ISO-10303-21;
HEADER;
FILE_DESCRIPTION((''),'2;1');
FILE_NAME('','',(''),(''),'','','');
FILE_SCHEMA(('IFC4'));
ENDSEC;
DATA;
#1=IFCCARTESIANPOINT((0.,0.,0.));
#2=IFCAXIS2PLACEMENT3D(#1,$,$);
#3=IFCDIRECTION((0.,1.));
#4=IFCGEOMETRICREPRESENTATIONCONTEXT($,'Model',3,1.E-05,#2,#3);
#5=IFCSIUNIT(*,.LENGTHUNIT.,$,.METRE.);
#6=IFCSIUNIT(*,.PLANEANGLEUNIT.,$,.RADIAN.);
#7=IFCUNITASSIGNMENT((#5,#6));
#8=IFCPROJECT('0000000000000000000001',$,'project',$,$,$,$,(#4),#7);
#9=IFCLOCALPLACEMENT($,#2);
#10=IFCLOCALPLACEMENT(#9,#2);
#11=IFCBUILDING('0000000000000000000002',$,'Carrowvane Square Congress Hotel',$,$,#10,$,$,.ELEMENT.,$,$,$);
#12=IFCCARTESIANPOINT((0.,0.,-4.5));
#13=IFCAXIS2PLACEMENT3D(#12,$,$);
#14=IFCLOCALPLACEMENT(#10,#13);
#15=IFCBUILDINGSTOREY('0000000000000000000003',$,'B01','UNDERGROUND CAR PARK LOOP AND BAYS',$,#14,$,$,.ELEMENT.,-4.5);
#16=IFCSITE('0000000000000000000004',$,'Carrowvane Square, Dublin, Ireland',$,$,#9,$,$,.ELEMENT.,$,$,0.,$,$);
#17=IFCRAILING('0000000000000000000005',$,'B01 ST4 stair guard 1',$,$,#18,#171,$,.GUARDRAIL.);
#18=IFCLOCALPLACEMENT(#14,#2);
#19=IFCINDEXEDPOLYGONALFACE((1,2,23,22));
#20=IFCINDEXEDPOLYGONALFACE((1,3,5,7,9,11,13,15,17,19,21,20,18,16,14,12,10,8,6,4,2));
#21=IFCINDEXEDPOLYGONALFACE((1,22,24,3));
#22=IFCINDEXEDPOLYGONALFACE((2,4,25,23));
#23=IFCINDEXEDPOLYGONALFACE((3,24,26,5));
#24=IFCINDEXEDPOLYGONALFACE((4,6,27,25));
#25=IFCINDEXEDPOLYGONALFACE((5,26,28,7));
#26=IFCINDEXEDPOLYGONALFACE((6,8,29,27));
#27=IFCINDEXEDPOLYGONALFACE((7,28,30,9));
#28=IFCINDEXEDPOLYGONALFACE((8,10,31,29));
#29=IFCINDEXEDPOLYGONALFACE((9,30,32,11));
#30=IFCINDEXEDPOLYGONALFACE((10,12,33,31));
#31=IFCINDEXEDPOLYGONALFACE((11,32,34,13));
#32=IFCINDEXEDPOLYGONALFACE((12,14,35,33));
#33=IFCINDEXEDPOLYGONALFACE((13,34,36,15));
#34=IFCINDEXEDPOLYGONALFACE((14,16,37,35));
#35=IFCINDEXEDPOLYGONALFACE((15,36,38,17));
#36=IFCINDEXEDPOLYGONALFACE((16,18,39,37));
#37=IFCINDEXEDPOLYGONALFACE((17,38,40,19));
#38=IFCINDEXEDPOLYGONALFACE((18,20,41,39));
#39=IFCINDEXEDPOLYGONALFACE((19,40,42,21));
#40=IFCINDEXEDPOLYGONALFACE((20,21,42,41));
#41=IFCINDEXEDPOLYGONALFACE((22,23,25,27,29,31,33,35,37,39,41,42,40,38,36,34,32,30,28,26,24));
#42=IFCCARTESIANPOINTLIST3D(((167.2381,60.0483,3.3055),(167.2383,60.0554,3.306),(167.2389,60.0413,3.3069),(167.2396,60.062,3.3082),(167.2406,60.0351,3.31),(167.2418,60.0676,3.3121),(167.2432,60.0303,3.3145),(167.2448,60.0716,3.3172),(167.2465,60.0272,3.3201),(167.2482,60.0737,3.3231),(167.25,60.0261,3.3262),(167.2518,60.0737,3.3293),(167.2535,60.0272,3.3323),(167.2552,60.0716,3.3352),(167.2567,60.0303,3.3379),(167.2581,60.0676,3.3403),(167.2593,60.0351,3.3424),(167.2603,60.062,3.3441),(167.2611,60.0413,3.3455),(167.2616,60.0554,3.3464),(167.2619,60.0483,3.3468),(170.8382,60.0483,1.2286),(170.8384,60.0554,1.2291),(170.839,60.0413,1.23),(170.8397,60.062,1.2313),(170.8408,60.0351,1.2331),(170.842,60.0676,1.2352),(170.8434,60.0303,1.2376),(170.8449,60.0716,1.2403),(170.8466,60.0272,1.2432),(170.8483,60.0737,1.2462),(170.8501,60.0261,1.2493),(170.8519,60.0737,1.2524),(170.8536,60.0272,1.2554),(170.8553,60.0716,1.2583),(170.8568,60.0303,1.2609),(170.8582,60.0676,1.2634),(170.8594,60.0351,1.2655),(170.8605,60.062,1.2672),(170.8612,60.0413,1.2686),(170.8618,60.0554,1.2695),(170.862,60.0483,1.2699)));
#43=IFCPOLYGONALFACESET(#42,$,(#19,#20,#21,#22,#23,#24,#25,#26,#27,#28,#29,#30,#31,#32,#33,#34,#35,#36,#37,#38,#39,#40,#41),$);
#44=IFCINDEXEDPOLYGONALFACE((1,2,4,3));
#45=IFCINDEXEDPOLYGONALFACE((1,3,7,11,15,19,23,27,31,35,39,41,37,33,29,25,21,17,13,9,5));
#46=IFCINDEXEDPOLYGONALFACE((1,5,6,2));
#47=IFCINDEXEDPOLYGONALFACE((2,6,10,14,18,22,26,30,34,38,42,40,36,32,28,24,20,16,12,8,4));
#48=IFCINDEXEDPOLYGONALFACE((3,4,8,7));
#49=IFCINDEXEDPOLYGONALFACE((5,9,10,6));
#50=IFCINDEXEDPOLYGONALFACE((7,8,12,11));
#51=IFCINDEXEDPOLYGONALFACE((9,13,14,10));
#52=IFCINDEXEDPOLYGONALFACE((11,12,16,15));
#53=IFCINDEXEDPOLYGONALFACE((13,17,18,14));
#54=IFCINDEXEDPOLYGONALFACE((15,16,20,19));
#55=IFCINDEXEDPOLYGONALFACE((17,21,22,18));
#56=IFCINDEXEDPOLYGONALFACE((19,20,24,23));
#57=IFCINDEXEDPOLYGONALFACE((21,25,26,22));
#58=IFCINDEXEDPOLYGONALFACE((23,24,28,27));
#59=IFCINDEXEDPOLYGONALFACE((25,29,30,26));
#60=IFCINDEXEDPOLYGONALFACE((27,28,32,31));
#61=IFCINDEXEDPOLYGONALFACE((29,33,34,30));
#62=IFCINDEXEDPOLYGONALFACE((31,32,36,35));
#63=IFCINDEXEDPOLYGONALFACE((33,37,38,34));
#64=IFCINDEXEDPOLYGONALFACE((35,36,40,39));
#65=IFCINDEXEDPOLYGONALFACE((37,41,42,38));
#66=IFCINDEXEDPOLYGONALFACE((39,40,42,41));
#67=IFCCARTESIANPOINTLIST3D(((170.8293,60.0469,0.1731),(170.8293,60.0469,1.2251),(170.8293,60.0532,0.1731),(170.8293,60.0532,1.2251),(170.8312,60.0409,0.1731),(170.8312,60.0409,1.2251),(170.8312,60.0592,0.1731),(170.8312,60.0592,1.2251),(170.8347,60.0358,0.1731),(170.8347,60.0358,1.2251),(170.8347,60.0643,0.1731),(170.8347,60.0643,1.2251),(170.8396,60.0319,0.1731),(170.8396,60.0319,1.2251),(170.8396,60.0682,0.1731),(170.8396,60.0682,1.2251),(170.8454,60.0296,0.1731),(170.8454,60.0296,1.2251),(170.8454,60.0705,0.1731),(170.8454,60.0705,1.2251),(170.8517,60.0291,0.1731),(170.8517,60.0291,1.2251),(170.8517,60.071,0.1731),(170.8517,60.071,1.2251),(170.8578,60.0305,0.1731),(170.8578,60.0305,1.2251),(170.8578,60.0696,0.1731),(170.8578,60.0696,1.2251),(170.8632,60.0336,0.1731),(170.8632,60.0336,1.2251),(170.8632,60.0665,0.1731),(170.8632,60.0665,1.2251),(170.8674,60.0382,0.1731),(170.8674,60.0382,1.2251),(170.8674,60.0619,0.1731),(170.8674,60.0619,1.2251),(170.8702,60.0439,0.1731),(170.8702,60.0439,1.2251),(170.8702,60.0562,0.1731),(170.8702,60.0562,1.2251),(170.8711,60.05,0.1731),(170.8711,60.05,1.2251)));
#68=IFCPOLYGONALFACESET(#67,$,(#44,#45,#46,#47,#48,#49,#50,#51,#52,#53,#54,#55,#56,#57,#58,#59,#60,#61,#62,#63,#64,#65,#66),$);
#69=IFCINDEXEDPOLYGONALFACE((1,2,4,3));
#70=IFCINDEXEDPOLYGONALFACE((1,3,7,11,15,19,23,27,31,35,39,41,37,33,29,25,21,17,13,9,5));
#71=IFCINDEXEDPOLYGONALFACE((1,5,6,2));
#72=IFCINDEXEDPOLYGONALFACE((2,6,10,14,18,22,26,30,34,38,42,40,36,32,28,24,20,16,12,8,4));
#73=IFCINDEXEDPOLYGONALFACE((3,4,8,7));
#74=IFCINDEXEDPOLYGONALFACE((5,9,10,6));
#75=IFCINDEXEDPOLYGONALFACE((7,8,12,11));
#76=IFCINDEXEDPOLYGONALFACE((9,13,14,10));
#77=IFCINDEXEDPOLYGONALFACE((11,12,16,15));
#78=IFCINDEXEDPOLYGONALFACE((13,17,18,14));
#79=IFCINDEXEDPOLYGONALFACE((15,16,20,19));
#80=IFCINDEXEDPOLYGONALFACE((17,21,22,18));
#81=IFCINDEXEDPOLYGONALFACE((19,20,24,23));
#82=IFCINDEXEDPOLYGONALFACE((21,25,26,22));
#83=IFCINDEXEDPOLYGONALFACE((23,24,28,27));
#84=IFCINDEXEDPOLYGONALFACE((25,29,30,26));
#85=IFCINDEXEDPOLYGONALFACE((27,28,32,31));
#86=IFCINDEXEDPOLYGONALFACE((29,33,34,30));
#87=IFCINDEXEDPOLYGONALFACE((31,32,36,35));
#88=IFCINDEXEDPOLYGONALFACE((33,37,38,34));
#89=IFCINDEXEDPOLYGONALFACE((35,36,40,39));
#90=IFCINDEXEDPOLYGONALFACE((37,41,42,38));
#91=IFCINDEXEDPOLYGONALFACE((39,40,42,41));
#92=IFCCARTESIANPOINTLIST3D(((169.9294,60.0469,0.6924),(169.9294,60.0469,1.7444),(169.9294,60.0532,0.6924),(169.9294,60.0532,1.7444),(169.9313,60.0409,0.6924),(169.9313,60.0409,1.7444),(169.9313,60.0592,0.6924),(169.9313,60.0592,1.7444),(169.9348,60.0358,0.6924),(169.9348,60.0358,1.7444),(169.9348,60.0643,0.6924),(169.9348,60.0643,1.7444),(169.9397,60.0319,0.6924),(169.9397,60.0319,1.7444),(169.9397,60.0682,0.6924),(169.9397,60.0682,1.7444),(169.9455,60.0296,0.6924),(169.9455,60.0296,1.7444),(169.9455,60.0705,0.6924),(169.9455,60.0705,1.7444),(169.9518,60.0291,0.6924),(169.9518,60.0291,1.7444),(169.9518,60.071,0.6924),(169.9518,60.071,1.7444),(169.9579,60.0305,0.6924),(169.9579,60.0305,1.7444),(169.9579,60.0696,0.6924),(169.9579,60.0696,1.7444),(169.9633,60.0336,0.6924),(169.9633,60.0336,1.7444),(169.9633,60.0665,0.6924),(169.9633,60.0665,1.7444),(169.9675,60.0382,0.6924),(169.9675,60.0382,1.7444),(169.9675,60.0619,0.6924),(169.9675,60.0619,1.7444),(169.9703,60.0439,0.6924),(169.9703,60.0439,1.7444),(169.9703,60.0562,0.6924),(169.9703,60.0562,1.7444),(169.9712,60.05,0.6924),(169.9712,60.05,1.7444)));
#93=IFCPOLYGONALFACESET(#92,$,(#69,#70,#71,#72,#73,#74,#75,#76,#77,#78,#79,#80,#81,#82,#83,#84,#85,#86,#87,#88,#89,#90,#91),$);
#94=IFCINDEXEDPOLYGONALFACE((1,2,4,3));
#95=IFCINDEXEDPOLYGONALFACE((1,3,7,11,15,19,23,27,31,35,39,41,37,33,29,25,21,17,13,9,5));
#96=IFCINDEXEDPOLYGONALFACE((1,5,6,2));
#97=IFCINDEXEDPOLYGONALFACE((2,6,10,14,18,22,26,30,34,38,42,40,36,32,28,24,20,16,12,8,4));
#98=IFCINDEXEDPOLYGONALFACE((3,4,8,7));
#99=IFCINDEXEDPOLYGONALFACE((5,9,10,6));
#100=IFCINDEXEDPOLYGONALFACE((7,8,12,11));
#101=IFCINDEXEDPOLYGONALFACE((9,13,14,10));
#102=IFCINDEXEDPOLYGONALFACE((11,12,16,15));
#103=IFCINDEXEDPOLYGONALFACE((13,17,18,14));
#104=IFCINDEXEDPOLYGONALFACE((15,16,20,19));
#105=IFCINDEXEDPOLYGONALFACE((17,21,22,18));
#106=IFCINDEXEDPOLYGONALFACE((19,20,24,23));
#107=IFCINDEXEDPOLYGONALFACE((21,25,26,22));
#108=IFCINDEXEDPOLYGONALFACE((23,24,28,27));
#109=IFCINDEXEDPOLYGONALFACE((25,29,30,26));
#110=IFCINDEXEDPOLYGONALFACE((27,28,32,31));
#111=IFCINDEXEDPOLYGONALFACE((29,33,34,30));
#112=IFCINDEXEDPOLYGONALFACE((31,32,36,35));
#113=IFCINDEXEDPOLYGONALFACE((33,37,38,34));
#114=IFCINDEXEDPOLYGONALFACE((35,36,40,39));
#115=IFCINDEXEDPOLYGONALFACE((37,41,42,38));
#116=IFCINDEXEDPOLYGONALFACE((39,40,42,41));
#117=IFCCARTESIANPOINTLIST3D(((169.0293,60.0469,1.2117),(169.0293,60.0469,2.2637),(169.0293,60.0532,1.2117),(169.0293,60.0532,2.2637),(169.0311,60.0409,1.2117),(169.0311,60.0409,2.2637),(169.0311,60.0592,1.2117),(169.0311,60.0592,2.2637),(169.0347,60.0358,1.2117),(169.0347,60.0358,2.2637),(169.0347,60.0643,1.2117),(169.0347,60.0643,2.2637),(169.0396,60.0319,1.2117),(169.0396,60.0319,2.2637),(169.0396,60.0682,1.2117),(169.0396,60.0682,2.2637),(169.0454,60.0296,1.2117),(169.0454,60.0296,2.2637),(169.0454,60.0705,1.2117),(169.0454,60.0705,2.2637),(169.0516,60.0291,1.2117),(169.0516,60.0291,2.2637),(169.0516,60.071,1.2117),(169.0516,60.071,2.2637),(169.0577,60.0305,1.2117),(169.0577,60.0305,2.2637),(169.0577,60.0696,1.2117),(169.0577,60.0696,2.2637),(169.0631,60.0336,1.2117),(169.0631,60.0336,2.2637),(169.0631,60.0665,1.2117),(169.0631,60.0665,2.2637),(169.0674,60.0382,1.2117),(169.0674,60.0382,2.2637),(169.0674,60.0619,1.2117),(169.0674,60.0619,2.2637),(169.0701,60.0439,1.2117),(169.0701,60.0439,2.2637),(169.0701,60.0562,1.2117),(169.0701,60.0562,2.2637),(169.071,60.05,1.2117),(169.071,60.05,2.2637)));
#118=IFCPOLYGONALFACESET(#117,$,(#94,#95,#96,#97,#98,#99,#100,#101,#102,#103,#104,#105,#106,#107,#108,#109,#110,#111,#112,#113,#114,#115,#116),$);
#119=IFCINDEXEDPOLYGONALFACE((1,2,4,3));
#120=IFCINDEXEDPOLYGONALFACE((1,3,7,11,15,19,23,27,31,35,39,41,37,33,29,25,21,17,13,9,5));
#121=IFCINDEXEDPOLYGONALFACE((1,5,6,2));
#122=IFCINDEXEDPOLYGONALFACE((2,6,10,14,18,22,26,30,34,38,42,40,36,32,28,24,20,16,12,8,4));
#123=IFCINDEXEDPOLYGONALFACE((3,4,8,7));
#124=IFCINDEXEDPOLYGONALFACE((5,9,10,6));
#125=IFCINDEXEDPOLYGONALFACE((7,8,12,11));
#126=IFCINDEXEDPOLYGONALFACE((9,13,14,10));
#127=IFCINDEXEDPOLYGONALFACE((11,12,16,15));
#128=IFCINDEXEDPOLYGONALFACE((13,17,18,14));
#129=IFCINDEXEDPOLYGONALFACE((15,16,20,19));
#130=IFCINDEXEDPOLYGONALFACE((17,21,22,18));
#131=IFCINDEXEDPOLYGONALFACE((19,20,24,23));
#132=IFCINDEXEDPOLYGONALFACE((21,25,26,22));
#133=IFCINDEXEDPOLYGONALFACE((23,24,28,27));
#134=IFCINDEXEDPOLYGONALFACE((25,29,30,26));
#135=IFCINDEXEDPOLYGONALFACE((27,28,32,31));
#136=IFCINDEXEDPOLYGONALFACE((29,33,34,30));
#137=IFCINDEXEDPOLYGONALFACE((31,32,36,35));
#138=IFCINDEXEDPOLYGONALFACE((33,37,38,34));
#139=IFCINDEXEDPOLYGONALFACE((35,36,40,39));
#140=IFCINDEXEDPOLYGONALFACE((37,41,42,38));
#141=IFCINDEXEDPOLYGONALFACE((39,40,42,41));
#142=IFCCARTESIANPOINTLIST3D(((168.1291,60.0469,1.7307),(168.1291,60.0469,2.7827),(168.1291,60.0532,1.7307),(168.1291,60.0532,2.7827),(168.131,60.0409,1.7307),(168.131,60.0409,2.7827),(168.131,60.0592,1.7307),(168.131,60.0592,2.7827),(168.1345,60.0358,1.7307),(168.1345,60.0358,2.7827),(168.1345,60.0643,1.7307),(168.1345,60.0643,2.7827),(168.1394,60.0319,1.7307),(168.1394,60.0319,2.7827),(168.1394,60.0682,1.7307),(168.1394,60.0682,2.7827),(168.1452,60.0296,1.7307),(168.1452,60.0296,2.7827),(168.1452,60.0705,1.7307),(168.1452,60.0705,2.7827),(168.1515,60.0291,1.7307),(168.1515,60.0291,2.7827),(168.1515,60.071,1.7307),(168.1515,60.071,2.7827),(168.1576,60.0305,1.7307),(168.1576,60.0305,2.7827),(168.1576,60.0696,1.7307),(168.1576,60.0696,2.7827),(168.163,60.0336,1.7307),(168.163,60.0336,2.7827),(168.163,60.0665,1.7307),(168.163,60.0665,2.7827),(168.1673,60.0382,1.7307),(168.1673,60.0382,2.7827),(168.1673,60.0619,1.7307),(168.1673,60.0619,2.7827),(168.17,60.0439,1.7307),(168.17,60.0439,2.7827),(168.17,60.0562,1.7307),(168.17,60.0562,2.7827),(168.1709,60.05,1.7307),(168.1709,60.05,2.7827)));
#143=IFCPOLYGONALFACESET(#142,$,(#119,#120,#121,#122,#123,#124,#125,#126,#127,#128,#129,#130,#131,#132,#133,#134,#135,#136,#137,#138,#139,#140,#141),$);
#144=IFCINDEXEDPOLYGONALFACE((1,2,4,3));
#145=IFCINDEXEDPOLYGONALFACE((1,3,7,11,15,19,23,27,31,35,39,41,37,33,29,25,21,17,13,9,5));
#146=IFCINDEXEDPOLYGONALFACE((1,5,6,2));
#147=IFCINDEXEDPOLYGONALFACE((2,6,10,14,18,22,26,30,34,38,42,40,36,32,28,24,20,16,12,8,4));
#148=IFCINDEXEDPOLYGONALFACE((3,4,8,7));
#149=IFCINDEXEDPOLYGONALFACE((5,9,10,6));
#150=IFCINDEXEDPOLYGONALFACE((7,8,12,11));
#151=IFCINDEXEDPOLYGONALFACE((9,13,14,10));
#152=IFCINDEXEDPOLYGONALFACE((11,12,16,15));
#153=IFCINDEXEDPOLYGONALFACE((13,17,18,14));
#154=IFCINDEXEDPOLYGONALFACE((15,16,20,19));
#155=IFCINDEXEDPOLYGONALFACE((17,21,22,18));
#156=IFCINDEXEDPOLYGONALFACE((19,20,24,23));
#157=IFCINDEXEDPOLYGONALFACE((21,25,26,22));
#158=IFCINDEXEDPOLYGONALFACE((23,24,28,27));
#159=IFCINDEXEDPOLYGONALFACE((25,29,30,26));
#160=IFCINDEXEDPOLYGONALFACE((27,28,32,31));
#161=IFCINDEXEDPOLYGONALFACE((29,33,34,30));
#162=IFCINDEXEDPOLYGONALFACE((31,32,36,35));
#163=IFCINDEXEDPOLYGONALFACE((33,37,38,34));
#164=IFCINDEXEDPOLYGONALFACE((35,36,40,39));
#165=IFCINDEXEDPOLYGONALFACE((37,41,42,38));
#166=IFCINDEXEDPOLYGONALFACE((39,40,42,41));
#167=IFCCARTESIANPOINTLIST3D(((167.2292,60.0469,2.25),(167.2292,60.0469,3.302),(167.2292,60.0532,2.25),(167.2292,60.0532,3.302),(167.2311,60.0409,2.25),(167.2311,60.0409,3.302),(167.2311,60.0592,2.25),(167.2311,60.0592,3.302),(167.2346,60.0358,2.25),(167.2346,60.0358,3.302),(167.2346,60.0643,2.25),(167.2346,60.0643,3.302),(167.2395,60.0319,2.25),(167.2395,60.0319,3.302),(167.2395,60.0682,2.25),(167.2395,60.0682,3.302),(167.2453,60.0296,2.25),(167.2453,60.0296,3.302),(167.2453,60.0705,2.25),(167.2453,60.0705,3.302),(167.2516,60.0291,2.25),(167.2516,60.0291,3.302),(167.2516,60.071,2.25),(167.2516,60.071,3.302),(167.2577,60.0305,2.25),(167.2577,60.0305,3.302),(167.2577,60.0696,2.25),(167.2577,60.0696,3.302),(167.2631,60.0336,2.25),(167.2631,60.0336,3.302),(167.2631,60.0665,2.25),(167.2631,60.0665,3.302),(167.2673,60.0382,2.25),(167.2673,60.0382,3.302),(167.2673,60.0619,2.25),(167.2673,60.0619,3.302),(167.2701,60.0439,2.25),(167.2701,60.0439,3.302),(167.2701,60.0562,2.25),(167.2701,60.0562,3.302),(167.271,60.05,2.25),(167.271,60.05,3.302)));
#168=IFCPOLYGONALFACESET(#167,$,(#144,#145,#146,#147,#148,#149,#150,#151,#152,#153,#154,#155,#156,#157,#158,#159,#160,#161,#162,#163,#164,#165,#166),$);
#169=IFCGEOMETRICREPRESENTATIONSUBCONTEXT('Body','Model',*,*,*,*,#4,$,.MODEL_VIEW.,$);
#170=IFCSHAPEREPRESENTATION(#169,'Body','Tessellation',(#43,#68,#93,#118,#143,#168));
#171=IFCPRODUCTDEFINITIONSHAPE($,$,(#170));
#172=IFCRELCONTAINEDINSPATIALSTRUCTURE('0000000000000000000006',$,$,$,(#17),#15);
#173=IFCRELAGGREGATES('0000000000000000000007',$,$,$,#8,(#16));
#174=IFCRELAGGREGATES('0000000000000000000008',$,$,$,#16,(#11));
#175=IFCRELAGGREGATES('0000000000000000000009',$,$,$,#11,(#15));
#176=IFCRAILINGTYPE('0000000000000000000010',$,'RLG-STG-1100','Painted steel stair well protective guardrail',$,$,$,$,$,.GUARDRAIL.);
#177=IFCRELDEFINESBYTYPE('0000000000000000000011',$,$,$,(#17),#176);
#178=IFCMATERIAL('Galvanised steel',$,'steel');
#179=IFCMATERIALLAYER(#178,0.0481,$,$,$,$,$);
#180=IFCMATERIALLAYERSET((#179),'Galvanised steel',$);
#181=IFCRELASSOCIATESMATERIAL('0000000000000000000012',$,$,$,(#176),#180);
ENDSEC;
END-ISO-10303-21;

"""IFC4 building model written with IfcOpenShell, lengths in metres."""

from ifc_helpers import new_model, si_unit, direction, frame, origin, origin_2d, place, context, subcontext, project, spatial, circle, extrude, material, layer, layer_set, type_object, element, save


model = new_model("IFC4")

# Units and contexts
model_context = context("Model", 3, precision=1e-05, world=origin(), true_north=direction((0.0, 1.0)))
body_context = subcontext(model_context, "Body", "Model", "MODEL_VIEW")
ifc_project = project(units=[si_unit("LENGTHUNIT", "METRE"), si_unit("PLANEANGLEUNIT", "RADIAN")], contexts=[model_context])

# Site, building, storey
site_placement = place(None, origin())
site = spatial("IfcSite", under=ifc_project, at=site_placement, Name="Carrowvane Square, Dublin, Ireland", CompositionType="ELEMENT", RefElevation=0.0)
building_placement = place(site_placement, origin())
building = spatial("IfcBuilding", under=site, at=building_placement, Name="Carrowvane Square Congress Hotel", CompositionType="ELEMENT")
storey_placement = place(building_placement, frame((0.0, 0.0, -4.5)))
storey = spatial("IfcBuildingStorey", under=building, at=storey_placement, Name="B01", Description="UNDERGROUND CAR PARK LOOP AND BAYS", CompositionType="ELEMENT", Elevation=-4.5)

# Railing
ifc_material_1 = material(Name="Galvanised steel", Category="steel")
ifc_layer_1 = layer(ifc_material_1, 0.0481)
ifc_layer_set_1 = layer_set([ifc_layer_1], Name="Galvanised steel")
railing_type_1 = type_object("IfcRailingType", Name="RLG-STG-1100", Description="Painted steel stair well protective guardrail", PredefinedType="GUARDRAIL", material=ifc_layer_set_1)
railing_1_placement = place(storey_placement, frame((170.8501, 60.05, 0.1731)))
element("IfcRailing", 1, at=railing_1_placement, inside=storey, type_object=railing_type_1, Name="B01 ST4 stair guard 1", PredefinedType="GUARDRAIL", context=body_context, shape_type="SweptSolid", body=[
    extrude(circle(Radius=0.0239, at=origin_2d()), frame((0.0, 0.0, 1.0762), z_axis=(-0.866193, 0.0, 0.499709), x_axis=(0.0, -1.0, 0.0)), (0.0, 0.0, 1.0), 4.1562),
    extrude(circle(Radius=0.021, at=origin_2d()), origin(), (0.0, 0.0, 1.0), 1.052),
    extrude(circle(Radius=0.021, at=origin_2d()), frame((-0.8999, 0.0, 0.5193)), (0.0, 0.0, 1.0), 1.052),
    extrude(circle(Radius=0.021, at=origin_2d()), frame((-1.8, 0.0, 1.0386)), (0.0, 0.0, 1.0), 1.052),
    extrude(circle(Radius=0.021, at=origin_2d()), frame((-2.7002, 0.0, 1.5576)), (0.0, 0.0, 1.0), 1.052),
    extrude(circle(Radius=0.021, at=origin_2d()), frame((-3.6001, 0.0, 2.0769)), (0.0, 0.0, 1.0), 1.052),
])

save(model, "model.ifc")
